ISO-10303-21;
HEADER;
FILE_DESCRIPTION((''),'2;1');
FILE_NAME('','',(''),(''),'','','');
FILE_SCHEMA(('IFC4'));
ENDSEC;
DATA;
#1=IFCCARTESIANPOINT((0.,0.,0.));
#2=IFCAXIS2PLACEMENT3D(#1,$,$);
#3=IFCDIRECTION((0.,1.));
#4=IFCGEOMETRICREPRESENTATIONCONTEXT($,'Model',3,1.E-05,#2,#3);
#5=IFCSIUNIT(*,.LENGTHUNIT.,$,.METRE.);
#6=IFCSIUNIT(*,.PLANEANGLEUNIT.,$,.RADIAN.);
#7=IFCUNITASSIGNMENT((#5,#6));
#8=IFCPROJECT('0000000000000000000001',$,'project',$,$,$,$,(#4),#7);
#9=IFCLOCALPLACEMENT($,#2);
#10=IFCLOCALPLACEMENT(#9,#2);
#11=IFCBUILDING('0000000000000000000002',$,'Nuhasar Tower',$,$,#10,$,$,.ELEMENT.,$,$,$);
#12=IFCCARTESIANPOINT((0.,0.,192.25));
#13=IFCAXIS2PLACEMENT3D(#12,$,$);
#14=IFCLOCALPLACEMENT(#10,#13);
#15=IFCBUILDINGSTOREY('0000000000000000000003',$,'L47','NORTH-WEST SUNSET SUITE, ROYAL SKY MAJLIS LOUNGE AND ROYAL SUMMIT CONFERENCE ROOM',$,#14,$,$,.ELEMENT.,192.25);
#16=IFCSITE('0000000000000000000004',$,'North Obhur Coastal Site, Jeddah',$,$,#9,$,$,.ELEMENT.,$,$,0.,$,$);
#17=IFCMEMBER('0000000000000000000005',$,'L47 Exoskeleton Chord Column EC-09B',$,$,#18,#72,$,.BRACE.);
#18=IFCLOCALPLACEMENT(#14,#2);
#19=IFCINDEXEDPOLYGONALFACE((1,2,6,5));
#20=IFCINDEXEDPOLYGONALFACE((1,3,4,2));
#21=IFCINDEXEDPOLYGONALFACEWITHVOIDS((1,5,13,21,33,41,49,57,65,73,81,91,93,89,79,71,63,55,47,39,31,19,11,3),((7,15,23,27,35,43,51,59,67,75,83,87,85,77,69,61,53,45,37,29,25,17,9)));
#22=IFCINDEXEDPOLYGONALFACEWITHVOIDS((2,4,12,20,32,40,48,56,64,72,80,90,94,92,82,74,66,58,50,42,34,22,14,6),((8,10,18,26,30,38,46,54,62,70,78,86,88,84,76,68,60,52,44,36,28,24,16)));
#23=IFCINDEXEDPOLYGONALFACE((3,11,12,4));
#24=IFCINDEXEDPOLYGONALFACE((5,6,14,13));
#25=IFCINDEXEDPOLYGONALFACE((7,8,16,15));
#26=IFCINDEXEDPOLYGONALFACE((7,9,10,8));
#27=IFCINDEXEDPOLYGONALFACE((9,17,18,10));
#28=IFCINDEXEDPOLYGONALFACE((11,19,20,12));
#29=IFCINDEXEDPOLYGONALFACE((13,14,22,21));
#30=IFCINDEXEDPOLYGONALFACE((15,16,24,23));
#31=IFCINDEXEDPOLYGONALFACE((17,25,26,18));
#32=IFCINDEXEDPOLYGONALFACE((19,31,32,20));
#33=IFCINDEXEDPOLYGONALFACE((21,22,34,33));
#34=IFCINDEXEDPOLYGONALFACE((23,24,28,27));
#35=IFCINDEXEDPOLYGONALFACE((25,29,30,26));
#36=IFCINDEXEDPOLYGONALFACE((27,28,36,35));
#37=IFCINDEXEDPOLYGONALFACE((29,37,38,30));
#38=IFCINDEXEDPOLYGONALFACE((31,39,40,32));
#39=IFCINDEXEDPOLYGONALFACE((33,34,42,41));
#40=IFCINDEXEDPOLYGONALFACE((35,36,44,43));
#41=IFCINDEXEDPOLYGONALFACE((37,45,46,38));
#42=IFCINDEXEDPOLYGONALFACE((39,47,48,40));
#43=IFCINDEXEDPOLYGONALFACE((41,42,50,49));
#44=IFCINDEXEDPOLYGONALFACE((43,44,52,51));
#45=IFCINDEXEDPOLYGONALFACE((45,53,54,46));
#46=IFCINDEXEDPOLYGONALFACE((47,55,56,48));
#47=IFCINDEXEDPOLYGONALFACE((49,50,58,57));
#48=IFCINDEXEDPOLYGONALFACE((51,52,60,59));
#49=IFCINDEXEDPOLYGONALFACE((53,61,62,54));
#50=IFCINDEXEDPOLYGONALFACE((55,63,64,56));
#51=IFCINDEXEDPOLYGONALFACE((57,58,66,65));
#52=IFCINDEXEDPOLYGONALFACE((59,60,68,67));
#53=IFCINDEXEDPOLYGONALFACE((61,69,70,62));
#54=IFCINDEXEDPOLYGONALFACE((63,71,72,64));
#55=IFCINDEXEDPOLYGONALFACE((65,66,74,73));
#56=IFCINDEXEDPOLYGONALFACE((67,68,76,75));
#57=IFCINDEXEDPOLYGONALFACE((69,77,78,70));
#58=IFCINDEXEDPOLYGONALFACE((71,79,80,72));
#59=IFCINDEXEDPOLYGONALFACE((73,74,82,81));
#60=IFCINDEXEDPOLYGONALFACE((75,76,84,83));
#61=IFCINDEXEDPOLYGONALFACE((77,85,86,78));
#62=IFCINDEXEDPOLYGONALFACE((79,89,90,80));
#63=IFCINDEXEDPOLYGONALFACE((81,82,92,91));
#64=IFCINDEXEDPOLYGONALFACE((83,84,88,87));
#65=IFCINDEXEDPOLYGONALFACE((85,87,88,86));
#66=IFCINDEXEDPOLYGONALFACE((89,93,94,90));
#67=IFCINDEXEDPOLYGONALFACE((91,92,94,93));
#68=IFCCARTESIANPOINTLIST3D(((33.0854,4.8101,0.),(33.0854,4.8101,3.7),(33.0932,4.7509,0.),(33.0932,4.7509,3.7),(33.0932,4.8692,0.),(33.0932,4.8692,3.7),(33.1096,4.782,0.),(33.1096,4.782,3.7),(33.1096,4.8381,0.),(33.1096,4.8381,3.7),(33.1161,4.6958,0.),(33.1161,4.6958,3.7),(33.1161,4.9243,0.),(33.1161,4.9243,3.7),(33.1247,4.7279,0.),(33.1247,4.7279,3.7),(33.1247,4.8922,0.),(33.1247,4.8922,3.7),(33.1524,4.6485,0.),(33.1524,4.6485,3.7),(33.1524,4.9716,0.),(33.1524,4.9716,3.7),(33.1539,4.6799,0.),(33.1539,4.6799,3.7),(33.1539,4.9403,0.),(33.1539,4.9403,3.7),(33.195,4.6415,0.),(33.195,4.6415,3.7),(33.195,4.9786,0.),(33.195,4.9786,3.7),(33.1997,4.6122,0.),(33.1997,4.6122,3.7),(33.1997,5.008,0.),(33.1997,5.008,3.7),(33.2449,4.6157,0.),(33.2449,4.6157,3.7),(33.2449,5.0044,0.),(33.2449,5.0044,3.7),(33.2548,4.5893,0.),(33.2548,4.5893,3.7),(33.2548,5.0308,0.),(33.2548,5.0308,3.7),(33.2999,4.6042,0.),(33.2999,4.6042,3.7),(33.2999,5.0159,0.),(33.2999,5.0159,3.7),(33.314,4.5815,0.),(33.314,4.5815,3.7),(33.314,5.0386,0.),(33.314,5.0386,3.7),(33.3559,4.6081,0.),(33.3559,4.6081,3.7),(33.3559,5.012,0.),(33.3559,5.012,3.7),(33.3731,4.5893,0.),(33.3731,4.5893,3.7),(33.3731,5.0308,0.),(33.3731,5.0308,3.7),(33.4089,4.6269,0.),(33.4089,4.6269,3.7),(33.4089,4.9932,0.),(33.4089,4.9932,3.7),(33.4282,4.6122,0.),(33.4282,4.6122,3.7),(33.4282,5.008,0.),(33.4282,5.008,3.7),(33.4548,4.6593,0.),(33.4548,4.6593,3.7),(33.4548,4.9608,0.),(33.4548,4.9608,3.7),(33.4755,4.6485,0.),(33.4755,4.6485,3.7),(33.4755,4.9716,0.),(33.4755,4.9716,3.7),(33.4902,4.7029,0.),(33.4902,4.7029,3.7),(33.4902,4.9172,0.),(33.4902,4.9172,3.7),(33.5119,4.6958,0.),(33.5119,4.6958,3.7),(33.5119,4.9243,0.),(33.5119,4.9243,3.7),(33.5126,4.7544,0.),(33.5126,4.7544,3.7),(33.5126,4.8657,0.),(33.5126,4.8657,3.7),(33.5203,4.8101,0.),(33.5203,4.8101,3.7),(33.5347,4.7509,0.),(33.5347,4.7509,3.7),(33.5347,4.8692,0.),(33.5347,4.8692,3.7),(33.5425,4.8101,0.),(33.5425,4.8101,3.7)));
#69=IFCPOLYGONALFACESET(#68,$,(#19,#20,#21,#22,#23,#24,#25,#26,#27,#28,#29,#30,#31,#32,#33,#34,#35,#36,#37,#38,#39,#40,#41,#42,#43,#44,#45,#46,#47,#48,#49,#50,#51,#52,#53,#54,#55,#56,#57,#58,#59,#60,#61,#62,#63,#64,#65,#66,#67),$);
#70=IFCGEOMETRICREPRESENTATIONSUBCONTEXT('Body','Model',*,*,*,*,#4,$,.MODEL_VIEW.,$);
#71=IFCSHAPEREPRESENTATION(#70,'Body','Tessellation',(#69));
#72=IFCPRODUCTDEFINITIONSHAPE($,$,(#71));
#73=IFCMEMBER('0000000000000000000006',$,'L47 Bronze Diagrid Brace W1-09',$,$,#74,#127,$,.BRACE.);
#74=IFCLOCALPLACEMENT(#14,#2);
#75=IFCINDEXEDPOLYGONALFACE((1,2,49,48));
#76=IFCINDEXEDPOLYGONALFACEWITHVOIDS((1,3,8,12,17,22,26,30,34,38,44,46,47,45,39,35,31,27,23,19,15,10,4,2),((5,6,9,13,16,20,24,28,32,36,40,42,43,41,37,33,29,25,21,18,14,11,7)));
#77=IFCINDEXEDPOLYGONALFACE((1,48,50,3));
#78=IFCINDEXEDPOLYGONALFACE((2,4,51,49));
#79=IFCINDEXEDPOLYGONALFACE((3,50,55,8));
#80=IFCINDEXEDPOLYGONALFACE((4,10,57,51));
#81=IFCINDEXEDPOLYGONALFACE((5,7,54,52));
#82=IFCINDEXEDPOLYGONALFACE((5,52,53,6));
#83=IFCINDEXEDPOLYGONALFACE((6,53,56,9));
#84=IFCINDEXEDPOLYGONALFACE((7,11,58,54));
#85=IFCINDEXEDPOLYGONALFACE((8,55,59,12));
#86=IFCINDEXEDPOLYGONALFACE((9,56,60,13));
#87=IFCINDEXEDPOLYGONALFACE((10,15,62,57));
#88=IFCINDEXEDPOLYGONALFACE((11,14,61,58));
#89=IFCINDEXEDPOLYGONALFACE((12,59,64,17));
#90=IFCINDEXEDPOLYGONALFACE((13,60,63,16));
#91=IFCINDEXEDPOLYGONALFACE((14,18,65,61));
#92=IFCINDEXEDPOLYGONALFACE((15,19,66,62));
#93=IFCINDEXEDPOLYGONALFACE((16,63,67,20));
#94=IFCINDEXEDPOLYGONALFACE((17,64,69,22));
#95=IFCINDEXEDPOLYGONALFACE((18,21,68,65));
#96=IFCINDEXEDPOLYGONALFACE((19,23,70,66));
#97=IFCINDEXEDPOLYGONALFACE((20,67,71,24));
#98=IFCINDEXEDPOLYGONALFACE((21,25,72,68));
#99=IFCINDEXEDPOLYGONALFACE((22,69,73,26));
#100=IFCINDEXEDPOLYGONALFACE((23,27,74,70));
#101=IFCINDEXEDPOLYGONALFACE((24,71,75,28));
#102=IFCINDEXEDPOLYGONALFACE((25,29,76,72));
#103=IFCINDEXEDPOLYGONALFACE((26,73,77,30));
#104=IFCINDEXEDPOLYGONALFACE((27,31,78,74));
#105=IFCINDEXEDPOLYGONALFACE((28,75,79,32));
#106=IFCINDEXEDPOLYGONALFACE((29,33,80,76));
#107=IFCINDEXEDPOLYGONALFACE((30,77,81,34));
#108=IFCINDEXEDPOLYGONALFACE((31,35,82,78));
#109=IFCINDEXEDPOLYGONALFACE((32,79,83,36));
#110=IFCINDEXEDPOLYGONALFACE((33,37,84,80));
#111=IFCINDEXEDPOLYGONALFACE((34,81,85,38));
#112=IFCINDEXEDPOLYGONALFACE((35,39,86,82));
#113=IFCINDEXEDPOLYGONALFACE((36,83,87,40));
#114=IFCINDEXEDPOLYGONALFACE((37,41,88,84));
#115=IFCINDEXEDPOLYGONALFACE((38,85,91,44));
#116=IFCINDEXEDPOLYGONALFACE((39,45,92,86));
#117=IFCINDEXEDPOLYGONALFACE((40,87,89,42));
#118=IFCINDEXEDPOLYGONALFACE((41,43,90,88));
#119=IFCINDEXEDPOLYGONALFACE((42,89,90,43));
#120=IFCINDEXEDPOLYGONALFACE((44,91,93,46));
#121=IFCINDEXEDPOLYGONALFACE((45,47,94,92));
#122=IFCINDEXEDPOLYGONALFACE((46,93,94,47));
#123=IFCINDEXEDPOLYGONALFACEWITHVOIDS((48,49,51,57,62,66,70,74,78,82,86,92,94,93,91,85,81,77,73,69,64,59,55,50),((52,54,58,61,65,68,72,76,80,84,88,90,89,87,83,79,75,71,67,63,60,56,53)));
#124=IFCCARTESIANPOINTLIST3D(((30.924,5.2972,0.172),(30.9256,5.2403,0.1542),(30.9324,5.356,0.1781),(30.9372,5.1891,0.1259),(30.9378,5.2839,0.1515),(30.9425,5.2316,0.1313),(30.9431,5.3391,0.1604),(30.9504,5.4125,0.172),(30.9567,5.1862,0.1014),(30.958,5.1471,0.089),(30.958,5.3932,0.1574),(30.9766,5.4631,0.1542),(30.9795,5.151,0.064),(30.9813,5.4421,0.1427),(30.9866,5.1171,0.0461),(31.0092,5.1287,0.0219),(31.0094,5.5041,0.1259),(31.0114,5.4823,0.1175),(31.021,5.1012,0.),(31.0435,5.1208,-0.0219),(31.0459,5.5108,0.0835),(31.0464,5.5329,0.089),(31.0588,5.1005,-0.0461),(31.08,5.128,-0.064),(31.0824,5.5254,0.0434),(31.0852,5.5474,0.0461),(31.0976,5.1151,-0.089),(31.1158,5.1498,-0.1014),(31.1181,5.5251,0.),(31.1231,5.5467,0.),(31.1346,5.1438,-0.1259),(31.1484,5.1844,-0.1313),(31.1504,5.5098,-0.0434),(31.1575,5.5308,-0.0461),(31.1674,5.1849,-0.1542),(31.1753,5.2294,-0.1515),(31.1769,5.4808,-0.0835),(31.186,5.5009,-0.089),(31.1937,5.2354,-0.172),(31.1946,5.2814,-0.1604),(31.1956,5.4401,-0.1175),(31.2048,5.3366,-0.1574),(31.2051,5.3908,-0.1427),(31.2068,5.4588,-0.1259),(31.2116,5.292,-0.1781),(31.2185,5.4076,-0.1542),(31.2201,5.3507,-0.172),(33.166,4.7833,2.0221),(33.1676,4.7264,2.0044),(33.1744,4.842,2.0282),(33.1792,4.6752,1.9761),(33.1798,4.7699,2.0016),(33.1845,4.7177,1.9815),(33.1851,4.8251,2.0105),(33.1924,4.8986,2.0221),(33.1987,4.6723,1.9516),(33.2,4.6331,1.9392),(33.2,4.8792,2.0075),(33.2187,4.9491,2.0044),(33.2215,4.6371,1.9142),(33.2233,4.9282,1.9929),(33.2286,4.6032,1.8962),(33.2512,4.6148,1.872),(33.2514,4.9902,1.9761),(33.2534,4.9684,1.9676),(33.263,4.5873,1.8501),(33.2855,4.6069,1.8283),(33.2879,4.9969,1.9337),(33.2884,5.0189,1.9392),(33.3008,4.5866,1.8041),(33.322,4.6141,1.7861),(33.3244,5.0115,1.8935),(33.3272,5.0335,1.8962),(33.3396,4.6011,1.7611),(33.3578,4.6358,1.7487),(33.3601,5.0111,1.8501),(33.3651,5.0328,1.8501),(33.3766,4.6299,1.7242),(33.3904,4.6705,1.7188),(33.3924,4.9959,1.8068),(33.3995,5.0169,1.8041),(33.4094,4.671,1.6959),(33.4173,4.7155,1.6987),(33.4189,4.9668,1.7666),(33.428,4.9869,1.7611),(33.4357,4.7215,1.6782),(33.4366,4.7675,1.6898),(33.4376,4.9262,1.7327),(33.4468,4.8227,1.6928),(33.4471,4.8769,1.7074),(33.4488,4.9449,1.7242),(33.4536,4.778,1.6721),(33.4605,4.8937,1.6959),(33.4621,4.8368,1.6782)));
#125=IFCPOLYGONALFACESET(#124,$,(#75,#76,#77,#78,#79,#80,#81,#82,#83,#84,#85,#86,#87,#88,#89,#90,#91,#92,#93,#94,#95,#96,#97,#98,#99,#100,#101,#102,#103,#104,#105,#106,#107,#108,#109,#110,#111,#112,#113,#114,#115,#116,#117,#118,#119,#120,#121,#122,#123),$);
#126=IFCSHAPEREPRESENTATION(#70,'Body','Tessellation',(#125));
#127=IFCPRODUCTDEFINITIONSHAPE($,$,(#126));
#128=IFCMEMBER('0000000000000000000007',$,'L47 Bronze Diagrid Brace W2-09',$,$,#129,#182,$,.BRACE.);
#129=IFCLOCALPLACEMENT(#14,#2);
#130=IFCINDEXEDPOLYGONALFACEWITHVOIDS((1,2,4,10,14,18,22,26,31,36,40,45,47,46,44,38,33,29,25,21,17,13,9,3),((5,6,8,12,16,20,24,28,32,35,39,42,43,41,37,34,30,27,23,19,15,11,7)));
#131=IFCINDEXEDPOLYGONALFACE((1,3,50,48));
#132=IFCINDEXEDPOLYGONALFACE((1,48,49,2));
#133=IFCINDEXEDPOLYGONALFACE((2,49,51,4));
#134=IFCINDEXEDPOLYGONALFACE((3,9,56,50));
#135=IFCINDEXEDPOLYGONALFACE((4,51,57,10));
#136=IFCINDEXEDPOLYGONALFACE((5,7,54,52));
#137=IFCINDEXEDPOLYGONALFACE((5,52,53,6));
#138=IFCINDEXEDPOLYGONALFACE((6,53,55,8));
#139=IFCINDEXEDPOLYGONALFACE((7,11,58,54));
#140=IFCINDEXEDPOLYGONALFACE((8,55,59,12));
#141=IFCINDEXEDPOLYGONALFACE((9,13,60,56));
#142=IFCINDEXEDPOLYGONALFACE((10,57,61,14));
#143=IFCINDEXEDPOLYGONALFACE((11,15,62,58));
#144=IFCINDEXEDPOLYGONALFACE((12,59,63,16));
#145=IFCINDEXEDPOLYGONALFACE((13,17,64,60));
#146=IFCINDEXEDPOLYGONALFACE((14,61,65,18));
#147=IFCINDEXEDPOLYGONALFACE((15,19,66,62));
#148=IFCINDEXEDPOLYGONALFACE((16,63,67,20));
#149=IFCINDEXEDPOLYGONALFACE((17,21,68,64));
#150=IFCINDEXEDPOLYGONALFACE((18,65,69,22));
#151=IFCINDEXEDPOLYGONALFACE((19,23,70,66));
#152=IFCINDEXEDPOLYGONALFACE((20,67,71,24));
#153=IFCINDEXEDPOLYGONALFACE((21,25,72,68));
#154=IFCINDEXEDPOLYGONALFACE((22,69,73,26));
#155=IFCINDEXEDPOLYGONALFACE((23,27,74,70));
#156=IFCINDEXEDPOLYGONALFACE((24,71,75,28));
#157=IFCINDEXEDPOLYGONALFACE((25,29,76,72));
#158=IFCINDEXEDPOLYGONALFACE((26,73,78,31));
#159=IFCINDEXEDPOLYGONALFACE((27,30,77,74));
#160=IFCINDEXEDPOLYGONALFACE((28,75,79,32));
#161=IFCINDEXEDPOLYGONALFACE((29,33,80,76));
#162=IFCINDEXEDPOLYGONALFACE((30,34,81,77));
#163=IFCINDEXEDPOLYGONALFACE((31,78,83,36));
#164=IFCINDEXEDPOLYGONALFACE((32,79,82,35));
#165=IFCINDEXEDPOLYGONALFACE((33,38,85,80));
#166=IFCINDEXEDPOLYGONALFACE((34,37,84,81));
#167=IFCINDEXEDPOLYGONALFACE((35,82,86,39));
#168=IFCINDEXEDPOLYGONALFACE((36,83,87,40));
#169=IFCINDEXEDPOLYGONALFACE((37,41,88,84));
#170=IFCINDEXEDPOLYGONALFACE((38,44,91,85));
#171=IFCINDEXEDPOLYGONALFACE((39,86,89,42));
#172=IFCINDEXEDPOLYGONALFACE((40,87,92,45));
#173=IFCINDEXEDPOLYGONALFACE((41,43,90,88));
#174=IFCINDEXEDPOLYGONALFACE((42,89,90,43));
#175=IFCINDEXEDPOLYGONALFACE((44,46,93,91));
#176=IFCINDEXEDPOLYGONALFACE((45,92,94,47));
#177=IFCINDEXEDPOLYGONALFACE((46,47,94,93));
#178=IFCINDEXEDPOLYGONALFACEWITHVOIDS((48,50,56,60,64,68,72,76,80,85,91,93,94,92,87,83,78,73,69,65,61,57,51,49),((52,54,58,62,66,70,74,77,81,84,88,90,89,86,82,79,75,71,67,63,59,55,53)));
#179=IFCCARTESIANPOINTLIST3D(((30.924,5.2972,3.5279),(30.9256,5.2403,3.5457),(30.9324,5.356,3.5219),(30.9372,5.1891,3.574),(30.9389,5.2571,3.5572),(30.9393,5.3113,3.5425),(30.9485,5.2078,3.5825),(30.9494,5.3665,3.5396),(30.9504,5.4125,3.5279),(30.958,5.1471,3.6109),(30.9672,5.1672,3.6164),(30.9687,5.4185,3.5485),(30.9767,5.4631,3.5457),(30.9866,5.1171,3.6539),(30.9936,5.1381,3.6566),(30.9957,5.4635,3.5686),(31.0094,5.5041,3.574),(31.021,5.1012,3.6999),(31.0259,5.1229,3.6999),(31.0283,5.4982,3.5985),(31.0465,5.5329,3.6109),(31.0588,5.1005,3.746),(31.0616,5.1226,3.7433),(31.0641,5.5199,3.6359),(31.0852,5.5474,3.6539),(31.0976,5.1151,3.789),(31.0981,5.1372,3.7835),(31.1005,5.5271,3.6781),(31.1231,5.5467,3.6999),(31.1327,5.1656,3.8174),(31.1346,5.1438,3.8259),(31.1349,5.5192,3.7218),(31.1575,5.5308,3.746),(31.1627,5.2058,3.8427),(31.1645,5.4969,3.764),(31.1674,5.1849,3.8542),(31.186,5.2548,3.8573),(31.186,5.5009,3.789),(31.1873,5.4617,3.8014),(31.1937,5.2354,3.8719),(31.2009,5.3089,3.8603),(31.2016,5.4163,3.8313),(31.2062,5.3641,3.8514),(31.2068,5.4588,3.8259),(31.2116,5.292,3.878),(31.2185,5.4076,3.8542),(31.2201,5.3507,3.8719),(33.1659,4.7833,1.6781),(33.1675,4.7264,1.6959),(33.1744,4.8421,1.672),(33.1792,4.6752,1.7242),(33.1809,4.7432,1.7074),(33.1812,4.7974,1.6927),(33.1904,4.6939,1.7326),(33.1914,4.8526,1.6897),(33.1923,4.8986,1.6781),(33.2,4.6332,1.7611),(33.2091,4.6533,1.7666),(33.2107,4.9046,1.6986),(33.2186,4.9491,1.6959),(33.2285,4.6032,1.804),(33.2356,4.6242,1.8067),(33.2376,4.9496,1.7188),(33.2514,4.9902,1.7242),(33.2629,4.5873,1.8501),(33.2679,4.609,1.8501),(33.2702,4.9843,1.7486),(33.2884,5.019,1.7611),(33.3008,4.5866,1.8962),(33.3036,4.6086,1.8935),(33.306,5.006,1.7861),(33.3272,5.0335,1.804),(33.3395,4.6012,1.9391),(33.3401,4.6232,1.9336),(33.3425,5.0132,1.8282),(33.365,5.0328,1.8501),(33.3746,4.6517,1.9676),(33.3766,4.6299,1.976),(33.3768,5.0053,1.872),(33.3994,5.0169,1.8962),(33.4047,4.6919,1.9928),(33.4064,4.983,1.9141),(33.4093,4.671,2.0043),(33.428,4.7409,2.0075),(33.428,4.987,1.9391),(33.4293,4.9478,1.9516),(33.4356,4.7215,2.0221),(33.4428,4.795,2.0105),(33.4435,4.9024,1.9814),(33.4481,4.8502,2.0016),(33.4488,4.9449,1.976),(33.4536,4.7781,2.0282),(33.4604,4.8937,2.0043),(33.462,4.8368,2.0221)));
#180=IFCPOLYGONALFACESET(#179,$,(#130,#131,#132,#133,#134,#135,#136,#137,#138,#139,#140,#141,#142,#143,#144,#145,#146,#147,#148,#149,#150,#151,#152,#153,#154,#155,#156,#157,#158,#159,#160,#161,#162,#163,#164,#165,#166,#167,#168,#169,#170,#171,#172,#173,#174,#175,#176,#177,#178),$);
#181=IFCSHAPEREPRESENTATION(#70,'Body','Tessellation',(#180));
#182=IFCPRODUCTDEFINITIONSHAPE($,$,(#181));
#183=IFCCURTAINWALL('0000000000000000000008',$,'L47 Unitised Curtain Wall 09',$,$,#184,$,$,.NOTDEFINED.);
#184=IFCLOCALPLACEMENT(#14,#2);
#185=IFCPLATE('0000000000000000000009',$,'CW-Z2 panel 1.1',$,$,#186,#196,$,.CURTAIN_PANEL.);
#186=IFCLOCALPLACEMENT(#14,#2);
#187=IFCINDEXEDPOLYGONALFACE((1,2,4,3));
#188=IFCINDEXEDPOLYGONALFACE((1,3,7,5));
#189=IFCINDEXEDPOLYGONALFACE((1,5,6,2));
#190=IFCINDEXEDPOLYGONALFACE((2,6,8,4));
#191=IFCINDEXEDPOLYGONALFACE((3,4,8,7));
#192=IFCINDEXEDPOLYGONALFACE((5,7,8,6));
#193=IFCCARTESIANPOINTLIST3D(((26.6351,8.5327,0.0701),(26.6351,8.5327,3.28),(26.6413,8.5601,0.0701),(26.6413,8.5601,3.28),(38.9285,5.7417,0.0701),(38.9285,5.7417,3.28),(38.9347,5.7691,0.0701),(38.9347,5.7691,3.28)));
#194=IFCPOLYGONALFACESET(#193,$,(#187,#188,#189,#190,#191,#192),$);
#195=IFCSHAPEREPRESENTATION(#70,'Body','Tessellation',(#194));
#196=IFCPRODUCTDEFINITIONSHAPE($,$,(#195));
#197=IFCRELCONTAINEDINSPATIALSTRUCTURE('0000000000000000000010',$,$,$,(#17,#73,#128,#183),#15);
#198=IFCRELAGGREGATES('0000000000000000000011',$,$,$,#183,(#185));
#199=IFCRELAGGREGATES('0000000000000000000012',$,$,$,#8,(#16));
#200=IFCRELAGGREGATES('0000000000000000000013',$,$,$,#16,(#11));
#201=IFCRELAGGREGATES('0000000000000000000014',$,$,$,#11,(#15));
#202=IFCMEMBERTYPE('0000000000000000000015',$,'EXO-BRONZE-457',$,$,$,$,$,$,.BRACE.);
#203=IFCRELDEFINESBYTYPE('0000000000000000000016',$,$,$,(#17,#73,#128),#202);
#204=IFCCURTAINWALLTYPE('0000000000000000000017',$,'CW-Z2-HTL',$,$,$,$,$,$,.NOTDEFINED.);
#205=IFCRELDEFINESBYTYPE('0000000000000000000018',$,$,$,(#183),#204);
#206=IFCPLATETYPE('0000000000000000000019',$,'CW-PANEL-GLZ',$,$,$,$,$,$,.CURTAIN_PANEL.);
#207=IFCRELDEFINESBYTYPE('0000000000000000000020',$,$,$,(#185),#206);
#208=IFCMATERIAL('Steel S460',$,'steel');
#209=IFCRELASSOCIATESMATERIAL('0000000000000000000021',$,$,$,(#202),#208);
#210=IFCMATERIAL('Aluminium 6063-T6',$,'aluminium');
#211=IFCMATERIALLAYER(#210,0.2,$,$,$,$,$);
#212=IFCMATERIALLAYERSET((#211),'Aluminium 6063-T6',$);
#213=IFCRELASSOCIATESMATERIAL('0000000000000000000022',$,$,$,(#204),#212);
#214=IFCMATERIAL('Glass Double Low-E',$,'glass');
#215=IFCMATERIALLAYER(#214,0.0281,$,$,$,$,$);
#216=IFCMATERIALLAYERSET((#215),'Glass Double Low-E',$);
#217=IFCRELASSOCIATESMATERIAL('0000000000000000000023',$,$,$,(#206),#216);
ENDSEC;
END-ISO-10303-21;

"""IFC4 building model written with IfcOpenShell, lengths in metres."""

from ifc_helpers import new_model, si_unit, direction, frame, origin, origin_2d, place, context, subcontext, project, spatial, rectangle, hollow_circle, extrude, material, layer, layer_set, material_profile, profile_set, type_object, element, aggregate, save


model = new_model("IFC4")

# Units and contexts
model_context = context("Model", 3, precision=1e-05, world=origin(), true_north=direction((0.0, 1.0)))
body_context = subcontext(model_context, "Body", "Model", "MODEL_VIEW")
ifc_project = project(units=[si_unit("LENGTHUNIT", "METRE"), si_unit("PLANEANGLEUNIT", "RADIAN")], contexts=[model_context])

# Site, building, storey
site_placement = place(None, origin())
site = spatial("IfcSite", under=ifc_project, at=site_placement, Name="North Obhur Coastal Site, Jeddah", CompositionType="ELEMENT", RefElevation=0.0)
building_placement = place(site_placement, origin())
building = spatial("IfcBuilding", under=site, at=building_placement, Name="Nuhasar Tower", CompositionType="ELEMENT")
storey_placement = place(building_placement, frame((0.0, 0.0, 192.25)))
storey = spatial("IfcBuildingStorey", under=building, at=storey_placement, Name="L47", Description="NORTH-WEST SUNSET SUITE, ROYAL SKY MAJLIS LOUNGE AND ROYAL SUMMIT CONFERENCE ROOM", CompositionType="ELEMENT", Elevation=192.25)

# Members
ifc_material_1 = material(Name="Steel S460", Category="steel")
ifc_material_profile_1 = material_profile(ifc_material_1, hollow_circle(Radius=0.2285, WallThickness=0.0222, at=origin_2d()), Name="HSS457X22.2")
ifc_profile_set_1 = profile_set([ifc_material_profile_1], Name="Steel S460")
member_type = type_object("IfcMemberType", Name="EXO-BRONZE-457", PredefinedType="BRACE", material=ifc_profile_set_1)
for number, where, z_axis, x_axis, name in (
    (1, (33.314, 4.8101, 0.0), (0.0, 0.0, 1.0), (1.0, 0.0, 0.0), "L47 Exoskeleton Chord Column EC-09B"),
):
    element("IfcMember", number, at=place(storey_placement, frame(where, z_axis=z_axis, x_axis=x_axis)), inside=storey, type_object=member_type, Name=name, PredefinedType="BRACE", context=body_context, shape_type="SweptSolid", body=[
        extrude(hollow_circle(Radius=0.2285, WallThickness=0.0222, at=origin_2d()), origin(), (0.0, 0.0, 1.0), 3.7),
    ])
member_1_placement = place(storey_placement, frame((31.072, 5.324, 0.0), z_axis=(0.75951, -0.174101, 0.626764), x_axis=(0.223433, 0.974719, 0.0)))
element("IfcMember", 2, at=member_1_placement, inside=storey, type_object=member_type, Name="L47 Bronze Diagrid Brace W1-09", PredefinedType="BRACE", context=body_context, shape_type="SweptSolid", body=[
    extrude(hollow_circle(Radius=0.2285, WallThickness=0.0222, at=origin_2d()), origin(), (0.0, 0.0, 1.0), 2.9519),
])
member_2_placement = place(storey_placement, frame((33.314, 4.8101, 1.8501), z_axis=(-0.75955, 0.17411, 0.626713), x_axis=(-0.223433, -0.974719, 0.0)))
element("IfcMember", 3, at=member_2_placement, inside=storey, type_object=member_type, Name="L47 Bronze Diagrid Brace W2-09", PredefinedType="BRACE", context=body_context, shape_type="SweptSolid", body=[
    extrude(hollow_circle(Radius=0.2285, WallThickness=0.0222, at=origin_2d()), origin(), (0.0, 0.0, 1.0), 2.9517),
])

# Curtain wall, plate
ifc_material_2 = material(Name="Aluminium 6063-T6", Category="aluminium")
ifc_layer_1 = layer(ifc_material_2, 0.2)
ifc_layer_set_1 = layer_set([ifc_layer_1], Name="Aluminium 6063-T6")
curtain_wall_type = type_object("IfcCurtainWallType", Name="CW-Z2-HTL", PredefinedType="NOTDEFINED", material=ifc_layer_set_1)
curtain_wall_placement = place(storey_placement, origin())
curtain_wall = element("IfcCurtainWall", 4, at=curtain_wall_placement, inside=storey, type_object=curtain_wall_type, Name="L47 Unitised Curtain Wall 09", PredefinedType="NOTDEFINED")
ifc_material_3 = material(Name="Glass Double Low-E", Category="glass")
ifc_layer_2 = layer(ifc_material_3, 0.0281)
ifc_layer_set_2 = layer_set([ifc_layer_2], Name="Glass Double Low-E")
plate_type = type_object("IfcPlateType", Name="CW-PANEL-GLZ", PredefinedType="CURTAIN_PANEL", material=ifc_layer_set_2)
plate_placement = place(storey_placement, frame((32.7849, 7.1509, 0.0701), z_axis=(0.0, 0.0, 1.0), x_axis=(0.975184, -0.221397, 0.0)))
plate = element("IfcPlate", 5, at=plate_placement, type_object=plate_type, Name="CW-Z2 panel 1.1", PredefinedType="CURTAIN_PANEL", context=body_context, shape_type="SweptSolid", body=[
    extrude(rectangle(XDim=12.6062, YDim=0.0281, at=origin_2d()), origin(), (0.0, 0.0, 1.0), 3.21),
])
aggregate(curtain_wall, [plate])

save(model, "model.ifc")
